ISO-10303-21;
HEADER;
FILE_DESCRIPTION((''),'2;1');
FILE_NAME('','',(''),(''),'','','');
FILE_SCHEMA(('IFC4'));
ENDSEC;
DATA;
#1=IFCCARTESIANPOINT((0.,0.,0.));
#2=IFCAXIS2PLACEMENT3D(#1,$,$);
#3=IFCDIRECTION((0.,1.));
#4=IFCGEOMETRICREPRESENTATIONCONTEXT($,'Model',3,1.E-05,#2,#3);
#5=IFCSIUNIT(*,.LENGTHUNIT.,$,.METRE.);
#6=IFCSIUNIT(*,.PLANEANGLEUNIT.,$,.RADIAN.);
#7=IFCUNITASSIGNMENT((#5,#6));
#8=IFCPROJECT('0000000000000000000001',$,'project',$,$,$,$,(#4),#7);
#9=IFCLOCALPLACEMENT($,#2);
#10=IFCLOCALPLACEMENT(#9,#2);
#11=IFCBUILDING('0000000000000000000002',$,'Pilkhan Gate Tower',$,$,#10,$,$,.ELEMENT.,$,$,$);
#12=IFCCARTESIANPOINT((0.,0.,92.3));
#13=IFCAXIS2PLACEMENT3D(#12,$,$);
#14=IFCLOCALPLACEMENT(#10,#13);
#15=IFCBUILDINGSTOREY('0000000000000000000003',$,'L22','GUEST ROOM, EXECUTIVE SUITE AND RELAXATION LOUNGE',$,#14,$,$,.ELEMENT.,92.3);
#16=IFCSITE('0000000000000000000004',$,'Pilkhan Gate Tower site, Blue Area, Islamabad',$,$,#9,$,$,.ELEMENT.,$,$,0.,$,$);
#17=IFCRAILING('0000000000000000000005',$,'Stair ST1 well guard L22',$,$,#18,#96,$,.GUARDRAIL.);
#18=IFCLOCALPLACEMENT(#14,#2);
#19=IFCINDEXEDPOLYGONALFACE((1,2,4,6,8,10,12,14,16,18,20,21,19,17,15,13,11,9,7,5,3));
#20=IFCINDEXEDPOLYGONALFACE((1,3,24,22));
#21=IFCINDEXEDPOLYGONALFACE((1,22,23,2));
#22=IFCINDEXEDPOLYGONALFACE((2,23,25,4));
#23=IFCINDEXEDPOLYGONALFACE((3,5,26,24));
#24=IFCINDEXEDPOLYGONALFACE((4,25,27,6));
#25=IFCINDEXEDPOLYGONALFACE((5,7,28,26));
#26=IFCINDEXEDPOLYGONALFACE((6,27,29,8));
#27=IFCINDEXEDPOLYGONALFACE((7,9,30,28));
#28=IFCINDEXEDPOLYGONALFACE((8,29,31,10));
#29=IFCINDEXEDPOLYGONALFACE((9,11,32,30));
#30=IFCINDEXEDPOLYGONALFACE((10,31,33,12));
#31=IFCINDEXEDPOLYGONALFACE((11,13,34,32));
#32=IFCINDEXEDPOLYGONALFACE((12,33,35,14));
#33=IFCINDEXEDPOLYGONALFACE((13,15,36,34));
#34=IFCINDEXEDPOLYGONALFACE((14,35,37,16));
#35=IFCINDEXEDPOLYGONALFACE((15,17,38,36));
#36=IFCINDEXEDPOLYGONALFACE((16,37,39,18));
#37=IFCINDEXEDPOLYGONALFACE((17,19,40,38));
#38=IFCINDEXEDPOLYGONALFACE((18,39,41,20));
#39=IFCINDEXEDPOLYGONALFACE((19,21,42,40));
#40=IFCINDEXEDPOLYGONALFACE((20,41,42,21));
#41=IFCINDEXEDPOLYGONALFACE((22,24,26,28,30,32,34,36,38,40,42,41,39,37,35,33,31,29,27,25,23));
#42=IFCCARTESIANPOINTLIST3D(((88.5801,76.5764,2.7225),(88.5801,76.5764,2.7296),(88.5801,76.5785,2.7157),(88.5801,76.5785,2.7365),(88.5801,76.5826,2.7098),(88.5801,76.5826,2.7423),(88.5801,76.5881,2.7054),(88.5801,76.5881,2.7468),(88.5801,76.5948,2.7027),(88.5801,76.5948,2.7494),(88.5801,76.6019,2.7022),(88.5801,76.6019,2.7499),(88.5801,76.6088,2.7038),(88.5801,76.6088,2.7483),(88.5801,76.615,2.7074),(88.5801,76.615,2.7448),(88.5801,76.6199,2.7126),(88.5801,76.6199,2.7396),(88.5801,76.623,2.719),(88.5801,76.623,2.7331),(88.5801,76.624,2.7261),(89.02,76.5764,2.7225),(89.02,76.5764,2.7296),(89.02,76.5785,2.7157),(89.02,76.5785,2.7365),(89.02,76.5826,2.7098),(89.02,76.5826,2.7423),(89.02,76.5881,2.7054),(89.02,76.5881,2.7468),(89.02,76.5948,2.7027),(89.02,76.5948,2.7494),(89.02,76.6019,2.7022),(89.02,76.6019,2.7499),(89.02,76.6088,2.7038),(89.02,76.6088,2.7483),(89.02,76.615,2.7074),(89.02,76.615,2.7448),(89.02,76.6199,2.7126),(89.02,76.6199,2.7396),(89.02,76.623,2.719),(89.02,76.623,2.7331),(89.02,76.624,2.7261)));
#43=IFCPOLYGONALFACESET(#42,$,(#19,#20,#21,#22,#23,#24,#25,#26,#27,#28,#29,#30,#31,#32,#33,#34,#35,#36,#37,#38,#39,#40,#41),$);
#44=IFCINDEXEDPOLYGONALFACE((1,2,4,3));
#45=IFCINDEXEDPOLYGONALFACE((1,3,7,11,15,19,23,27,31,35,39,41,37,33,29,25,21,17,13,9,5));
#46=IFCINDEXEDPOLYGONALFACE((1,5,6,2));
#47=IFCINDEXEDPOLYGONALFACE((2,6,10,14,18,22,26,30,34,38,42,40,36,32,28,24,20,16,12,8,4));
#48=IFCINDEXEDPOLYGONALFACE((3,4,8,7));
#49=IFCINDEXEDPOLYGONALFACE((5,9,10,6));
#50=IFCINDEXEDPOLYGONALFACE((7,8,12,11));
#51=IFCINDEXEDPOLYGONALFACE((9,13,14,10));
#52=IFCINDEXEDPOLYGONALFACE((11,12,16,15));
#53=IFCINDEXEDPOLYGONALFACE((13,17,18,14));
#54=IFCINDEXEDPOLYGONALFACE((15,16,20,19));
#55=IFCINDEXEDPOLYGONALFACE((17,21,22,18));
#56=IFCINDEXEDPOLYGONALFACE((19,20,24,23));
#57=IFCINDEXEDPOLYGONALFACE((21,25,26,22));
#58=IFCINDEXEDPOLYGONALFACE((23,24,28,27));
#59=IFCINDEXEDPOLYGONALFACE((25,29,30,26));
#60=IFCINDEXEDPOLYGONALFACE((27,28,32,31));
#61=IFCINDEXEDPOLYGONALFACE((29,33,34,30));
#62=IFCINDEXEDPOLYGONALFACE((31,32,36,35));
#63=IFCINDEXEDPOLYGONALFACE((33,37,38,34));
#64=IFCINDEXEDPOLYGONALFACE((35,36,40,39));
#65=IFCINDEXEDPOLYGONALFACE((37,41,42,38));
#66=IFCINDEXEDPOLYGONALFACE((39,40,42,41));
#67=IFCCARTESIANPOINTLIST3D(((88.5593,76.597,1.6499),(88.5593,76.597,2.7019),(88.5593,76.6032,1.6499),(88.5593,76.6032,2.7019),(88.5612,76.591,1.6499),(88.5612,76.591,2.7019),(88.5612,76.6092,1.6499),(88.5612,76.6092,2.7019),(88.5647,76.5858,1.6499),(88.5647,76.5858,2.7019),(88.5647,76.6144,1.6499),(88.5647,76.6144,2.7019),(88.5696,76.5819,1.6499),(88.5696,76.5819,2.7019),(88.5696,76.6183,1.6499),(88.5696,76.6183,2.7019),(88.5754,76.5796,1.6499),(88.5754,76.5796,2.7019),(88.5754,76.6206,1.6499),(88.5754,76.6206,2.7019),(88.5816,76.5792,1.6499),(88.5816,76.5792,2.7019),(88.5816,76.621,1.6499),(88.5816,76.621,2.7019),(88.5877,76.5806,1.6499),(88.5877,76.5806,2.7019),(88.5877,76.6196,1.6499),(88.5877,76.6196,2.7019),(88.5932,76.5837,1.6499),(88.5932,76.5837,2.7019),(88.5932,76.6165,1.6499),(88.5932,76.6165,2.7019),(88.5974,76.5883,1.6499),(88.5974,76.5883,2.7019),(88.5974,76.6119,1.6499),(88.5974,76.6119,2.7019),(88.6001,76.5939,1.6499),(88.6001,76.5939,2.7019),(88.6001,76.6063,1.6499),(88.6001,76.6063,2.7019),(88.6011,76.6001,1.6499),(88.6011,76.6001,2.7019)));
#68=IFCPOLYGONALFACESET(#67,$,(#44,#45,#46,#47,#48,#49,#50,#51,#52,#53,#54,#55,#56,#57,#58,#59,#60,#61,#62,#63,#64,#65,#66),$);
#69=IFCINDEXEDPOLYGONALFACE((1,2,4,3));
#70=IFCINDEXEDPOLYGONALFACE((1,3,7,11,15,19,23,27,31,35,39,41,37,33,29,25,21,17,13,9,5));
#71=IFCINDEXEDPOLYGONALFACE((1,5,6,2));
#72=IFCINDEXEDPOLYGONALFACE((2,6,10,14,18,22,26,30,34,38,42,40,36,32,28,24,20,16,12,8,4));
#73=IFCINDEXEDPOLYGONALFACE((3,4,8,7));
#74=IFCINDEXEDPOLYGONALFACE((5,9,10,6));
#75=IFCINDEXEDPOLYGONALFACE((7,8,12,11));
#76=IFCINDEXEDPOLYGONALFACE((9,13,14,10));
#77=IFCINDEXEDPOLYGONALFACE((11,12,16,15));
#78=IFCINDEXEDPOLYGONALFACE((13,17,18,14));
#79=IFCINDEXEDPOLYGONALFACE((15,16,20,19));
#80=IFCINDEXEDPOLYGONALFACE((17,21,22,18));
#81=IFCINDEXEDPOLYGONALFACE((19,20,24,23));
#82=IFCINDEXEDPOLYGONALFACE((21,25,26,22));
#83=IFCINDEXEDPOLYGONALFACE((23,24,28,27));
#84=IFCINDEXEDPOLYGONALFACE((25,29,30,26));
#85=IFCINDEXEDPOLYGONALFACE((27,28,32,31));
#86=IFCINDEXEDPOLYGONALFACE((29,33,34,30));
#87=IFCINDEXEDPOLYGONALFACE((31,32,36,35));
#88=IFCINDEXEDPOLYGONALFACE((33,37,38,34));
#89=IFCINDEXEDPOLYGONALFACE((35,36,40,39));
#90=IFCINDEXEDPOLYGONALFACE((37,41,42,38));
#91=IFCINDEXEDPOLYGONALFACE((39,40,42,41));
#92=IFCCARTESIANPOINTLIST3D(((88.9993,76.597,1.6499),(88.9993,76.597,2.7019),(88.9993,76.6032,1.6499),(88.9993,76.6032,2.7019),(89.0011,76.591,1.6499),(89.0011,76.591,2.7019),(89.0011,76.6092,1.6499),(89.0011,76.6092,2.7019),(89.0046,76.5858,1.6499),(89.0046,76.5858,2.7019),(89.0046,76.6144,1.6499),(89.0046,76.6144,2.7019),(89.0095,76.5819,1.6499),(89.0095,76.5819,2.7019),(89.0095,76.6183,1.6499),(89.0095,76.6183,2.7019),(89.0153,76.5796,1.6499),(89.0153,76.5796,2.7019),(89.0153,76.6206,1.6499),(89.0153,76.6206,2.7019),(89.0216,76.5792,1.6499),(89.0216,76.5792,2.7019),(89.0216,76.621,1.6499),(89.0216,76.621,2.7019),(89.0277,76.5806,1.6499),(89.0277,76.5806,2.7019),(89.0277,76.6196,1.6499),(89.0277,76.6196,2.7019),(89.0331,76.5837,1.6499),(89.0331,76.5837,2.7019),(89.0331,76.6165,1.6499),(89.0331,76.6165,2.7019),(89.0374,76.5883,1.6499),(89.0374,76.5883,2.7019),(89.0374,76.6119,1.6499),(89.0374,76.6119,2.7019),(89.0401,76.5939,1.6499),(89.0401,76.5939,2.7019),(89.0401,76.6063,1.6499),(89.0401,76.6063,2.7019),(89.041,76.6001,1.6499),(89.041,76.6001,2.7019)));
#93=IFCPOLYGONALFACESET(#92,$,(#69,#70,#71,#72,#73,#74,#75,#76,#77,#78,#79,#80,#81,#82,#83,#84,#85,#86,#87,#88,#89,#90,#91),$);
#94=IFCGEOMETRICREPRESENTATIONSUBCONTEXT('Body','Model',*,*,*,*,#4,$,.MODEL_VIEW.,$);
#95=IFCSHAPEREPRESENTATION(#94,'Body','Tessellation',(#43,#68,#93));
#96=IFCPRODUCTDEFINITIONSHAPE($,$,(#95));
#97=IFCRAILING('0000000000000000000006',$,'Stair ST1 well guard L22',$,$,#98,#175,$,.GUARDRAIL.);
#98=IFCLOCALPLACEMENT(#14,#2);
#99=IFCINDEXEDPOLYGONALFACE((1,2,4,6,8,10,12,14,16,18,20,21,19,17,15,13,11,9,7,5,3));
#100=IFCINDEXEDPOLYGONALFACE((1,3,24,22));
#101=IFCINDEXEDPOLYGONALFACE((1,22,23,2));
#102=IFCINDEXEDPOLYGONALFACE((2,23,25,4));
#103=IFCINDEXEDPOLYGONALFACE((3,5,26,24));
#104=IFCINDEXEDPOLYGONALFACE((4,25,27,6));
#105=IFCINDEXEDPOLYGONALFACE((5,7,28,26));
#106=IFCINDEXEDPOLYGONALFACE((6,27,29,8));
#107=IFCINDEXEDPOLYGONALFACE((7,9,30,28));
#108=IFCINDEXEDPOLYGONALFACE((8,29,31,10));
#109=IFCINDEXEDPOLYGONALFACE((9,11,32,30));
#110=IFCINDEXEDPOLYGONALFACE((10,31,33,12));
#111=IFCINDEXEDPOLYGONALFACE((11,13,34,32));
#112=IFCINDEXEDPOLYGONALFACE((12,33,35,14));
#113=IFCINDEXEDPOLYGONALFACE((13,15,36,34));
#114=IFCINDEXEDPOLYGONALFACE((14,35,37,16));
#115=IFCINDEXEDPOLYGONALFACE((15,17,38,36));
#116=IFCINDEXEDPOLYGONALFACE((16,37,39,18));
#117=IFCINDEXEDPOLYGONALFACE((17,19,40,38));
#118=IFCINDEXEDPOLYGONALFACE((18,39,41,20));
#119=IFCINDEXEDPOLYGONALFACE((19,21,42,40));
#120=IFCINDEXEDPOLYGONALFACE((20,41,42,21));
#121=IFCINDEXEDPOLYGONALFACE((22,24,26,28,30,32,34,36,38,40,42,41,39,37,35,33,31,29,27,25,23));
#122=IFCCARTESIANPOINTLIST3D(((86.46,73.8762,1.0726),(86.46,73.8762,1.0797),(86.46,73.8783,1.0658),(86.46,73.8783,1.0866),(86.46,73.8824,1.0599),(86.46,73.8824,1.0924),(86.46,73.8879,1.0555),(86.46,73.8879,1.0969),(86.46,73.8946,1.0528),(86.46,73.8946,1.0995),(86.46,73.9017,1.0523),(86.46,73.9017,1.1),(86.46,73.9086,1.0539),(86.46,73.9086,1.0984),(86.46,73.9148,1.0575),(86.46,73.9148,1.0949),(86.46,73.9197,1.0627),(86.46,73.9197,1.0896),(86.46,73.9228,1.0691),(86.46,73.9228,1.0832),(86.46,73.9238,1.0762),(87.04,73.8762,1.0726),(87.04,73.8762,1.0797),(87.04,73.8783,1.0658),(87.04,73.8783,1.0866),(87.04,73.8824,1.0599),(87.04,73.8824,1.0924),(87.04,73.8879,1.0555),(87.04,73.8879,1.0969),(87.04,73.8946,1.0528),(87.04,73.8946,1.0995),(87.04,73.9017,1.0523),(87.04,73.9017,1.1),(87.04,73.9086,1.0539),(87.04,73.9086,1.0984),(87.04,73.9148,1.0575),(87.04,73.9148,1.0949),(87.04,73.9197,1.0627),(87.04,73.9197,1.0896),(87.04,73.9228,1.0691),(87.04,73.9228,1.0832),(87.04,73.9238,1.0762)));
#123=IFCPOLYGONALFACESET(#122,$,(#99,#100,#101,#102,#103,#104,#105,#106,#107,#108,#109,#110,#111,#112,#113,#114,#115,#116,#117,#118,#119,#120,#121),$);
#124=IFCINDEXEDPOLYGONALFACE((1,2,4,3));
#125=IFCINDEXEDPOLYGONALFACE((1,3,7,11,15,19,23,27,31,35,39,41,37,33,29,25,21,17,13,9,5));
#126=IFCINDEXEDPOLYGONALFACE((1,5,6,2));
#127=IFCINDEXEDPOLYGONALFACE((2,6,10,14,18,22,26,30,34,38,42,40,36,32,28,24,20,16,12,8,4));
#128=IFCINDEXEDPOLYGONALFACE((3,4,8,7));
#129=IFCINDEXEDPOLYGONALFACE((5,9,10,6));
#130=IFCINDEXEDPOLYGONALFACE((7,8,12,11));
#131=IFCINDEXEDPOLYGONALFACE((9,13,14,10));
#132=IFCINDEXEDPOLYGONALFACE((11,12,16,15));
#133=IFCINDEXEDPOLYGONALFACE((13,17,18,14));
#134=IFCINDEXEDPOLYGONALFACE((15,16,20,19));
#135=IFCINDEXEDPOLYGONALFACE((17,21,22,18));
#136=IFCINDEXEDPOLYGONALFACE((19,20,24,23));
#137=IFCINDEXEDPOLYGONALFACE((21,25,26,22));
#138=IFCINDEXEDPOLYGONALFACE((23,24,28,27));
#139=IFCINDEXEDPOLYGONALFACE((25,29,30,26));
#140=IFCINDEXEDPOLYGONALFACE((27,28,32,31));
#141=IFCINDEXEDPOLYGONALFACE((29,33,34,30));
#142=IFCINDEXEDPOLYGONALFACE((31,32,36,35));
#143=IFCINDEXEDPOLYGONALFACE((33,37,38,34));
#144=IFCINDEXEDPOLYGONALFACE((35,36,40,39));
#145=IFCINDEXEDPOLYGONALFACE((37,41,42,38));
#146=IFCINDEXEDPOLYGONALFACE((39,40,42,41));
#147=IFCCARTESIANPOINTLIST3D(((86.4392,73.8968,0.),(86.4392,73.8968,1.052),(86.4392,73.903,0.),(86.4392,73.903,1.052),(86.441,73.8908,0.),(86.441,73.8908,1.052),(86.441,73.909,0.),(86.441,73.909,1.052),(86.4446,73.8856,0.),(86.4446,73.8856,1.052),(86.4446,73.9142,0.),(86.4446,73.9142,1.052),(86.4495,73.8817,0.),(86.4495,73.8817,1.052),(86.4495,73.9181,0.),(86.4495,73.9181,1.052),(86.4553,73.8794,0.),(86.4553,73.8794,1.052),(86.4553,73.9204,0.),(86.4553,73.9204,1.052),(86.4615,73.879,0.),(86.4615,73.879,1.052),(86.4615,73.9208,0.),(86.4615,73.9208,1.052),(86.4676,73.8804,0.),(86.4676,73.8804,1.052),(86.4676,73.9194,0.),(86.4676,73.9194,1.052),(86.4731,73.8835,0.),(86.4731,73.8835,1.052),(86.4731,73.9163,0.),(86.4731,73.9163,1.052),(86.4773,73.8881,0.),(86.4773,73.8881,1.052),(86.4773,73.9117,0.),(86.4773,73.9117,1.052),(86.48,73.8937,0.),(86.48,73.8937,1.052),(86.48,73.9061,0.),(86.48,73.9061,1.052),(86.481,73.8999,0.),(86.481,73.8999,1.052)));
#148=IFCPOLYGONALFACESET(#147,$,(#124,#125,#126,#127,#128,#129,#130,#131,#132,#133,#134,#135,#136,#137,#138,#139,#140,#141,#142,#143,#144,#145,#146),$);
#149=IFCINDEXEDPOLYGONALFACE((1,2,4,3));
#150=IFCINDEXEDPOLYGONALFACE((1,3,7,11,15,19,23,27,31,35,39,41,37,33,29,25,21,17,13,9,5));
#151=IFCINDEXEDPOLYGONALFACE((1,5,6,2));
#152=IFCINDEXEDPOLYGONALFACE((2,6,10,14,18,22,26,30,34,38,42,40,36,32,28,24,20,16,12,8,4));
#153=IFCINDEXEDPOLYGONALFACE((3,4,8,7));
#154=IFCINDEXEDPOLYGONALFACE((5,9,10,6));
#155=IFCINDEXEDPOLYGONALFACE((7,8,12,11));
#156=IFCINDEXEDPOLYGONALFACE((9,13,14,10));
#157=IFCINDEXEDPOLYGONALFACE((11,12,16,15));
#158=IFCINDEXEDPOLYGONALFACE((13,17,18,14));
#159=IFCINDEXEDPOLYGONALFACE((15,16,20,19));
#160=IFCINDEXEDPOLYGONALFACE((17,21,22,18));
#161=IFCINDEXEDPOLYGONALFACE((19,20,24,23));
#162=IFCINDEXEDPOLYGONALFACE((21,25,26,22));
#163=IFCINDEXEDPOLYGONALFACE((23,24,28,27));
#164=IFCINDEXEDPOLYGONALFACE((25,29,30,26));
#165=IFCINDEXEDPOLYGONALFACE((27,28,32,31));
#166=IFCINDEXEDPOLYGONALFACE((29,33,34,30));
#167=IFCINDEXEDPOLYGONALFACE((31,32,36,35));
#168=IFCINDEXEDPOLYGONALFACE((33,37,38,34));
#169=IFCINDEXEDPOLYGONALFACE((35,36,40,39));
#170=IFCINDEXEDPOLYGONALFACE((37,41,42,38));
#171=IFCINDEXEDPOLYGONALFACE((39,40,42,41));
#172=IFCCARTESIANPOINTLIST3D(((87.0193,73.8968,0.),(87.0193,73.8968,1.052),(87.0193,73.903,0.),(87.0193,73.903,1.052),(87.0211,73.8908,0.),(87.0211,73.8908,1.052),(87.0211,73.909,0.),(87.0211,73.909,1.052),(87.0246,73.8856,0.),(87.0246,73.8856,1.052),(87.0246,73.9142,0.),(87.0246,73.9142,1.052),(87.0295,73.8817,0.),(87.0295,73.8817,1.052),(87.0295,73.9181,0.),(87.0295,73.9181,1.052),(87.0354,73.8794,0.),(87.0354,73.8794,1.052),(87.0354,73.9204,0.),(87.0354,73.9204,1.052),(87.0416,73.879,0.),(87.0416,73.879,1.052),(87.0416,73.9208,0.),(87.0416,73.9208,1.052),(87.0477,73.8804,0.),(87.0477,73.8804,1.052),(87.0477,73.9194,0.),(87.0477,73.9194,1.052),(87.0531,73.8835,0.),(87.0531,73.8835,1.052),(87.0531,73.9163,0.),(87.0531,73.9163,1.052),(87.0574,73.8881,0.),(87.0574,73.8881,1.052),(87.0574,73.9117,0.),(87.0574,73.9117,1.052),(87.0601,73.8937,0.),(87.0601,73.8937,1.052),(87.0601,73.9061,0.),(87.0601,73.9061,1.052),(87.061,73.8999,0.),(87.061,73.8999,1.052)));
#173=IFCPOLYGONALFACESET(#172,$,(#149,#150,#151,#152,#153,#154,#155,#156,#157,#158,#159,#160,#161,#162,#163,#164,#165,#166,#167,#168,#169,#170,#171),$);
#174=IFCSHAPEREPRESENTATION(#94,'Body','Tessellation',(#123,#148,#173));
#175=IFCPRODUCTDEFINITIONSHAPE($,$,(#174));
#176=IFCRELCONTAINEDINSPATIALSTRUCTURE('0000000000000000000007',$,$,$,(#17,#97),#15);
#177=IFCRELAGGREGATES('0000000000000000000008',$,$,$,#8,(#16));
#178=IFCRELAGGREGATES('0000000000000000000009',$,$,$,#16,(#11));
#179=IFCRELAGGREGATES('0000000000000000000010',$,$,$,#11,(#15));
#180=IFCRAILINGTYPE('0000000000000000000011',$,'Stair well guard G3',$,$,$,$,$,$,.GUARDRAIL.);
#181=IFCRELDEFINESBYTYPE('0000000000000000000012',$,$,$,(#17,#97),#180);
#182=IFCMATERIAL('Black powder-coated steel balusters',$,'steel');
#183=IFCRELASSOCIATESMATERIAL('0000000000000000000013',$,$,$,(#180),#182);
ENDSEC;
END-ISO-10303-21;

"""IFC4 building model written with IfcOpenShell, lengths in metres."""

from ifc_helpers import new_model, si_unit, direction, frame, origin, origin_2d, place, context, subcontext, project, spatial, circle, extrude, material, type_object, element, save


model = new_model("IFC4")

# Units and contexts
model_context = context("Model", 3, precision=1e-05, world=origin(), true_north=direction((0.0, 1.0)))
body_context = subcontext(model_context, "Body", "Model", "MODEL_VIEW")
ifc_project = project(units=[si_unit("LENGTHUNIT", "METRE"), si_unit("PLANEANGLEUNIT", "RADIAN")], contexts=[model_context])

# Site, building, storey
site_placement = place(None, origin())
site = spatial("IfcSite", under=ifc_project, at=site_placement, Name="Pilkhan Gate Tower site, Blue Area, Islamabad", CompositionType="ELEMENT", RefElevation=0.0)
building_placement = place(site_placement, origin())
building = spatial("IfcBuilding", under=site, at=building_placement, Name="Pilkhan Gate Tower", CompositionType="ELEMENT")
storey_placement = place(building_placement, frame((0.0, 0.0, 92.3)))
storey = spatial("IfcBuildingStorey", under=building, at=storey_placement, Name="L22", Description="GUEST ROOM, EXECUTIVE SUITE AND RELAXATION LOUNGE", CompositionType="ELEMENT", Elevation=92.3)

# Railings
ifc_material_1 = material(Name="Black powder-coated steel balusters", Category="steel")
railing_type_1 = type_object("IfcRailingType", Name="Stair well guard G3", PredefinedType="GUARDRAIL", material=ifc_material_1)
railing_1_placement = place(storey_placement, frame((88.5801, 76.6001, 1.6499)))
element("IfcRailing", 1, at=railing_1_placement, inside=storey, type_object=railing_type_1, Name="Stair ST1 well guard L22", PredefinedType="GUARDRAIL", context=body_context, shape_type="SweptSolid", body=[
    extrude(circle(Radius=0.0239, at=origin_2d()), frame((0.0, 0.0, 1.0762), z_axis=(1.0, 0.0, 0.0), x_axis=(0.0, 1.0, 0.0)), (0.0, 0.0, 1.0), 0.4399),
    extrude(circle(Radius=0.021, at=origin_2d()), origin(), (0.0, 0.0, 1.0), 1.052),
    extrude(circle(Radius=0.021, at=origin_2d()), frame((0.4399, 0.0, 0.0)), (0.0, 0.0, 1.0), 1.052),
])
for number, where, name in (
    (2, (86.46, 73.8999, 0.0), "Stair ST1 well guard L22"),
):
    element("IfcRailing", number, at=place(storey_placement, frame(where)), inside=storey, type_object=railing_type_1, Name=name, PredefinedType="GUARDRAIL", context=body_context, shape_type="SweptSolid", body=[
        extrude(circle(Radius=0.0239, at=origin_2d()), frame((0.0, 0.0, 1.0762), z_axis=(1.0, 0.0, 0.0), x_axis=(0.0, 1.0, 0.0)), (0.0, 0.0, 1.0), 0.5801),
        extrude(circle(Radius=0.021, at=origin_2d()), origin(), (0.0, 0.0, 1.0), 1.052),
        extrude(circle(Radius=0.021, at=origin_2d()), frame((0.5801, 0.0, 0.0)), (0.0, 0.0, 1.0), 1.052),
    ])

save(model, "model.ifc")
